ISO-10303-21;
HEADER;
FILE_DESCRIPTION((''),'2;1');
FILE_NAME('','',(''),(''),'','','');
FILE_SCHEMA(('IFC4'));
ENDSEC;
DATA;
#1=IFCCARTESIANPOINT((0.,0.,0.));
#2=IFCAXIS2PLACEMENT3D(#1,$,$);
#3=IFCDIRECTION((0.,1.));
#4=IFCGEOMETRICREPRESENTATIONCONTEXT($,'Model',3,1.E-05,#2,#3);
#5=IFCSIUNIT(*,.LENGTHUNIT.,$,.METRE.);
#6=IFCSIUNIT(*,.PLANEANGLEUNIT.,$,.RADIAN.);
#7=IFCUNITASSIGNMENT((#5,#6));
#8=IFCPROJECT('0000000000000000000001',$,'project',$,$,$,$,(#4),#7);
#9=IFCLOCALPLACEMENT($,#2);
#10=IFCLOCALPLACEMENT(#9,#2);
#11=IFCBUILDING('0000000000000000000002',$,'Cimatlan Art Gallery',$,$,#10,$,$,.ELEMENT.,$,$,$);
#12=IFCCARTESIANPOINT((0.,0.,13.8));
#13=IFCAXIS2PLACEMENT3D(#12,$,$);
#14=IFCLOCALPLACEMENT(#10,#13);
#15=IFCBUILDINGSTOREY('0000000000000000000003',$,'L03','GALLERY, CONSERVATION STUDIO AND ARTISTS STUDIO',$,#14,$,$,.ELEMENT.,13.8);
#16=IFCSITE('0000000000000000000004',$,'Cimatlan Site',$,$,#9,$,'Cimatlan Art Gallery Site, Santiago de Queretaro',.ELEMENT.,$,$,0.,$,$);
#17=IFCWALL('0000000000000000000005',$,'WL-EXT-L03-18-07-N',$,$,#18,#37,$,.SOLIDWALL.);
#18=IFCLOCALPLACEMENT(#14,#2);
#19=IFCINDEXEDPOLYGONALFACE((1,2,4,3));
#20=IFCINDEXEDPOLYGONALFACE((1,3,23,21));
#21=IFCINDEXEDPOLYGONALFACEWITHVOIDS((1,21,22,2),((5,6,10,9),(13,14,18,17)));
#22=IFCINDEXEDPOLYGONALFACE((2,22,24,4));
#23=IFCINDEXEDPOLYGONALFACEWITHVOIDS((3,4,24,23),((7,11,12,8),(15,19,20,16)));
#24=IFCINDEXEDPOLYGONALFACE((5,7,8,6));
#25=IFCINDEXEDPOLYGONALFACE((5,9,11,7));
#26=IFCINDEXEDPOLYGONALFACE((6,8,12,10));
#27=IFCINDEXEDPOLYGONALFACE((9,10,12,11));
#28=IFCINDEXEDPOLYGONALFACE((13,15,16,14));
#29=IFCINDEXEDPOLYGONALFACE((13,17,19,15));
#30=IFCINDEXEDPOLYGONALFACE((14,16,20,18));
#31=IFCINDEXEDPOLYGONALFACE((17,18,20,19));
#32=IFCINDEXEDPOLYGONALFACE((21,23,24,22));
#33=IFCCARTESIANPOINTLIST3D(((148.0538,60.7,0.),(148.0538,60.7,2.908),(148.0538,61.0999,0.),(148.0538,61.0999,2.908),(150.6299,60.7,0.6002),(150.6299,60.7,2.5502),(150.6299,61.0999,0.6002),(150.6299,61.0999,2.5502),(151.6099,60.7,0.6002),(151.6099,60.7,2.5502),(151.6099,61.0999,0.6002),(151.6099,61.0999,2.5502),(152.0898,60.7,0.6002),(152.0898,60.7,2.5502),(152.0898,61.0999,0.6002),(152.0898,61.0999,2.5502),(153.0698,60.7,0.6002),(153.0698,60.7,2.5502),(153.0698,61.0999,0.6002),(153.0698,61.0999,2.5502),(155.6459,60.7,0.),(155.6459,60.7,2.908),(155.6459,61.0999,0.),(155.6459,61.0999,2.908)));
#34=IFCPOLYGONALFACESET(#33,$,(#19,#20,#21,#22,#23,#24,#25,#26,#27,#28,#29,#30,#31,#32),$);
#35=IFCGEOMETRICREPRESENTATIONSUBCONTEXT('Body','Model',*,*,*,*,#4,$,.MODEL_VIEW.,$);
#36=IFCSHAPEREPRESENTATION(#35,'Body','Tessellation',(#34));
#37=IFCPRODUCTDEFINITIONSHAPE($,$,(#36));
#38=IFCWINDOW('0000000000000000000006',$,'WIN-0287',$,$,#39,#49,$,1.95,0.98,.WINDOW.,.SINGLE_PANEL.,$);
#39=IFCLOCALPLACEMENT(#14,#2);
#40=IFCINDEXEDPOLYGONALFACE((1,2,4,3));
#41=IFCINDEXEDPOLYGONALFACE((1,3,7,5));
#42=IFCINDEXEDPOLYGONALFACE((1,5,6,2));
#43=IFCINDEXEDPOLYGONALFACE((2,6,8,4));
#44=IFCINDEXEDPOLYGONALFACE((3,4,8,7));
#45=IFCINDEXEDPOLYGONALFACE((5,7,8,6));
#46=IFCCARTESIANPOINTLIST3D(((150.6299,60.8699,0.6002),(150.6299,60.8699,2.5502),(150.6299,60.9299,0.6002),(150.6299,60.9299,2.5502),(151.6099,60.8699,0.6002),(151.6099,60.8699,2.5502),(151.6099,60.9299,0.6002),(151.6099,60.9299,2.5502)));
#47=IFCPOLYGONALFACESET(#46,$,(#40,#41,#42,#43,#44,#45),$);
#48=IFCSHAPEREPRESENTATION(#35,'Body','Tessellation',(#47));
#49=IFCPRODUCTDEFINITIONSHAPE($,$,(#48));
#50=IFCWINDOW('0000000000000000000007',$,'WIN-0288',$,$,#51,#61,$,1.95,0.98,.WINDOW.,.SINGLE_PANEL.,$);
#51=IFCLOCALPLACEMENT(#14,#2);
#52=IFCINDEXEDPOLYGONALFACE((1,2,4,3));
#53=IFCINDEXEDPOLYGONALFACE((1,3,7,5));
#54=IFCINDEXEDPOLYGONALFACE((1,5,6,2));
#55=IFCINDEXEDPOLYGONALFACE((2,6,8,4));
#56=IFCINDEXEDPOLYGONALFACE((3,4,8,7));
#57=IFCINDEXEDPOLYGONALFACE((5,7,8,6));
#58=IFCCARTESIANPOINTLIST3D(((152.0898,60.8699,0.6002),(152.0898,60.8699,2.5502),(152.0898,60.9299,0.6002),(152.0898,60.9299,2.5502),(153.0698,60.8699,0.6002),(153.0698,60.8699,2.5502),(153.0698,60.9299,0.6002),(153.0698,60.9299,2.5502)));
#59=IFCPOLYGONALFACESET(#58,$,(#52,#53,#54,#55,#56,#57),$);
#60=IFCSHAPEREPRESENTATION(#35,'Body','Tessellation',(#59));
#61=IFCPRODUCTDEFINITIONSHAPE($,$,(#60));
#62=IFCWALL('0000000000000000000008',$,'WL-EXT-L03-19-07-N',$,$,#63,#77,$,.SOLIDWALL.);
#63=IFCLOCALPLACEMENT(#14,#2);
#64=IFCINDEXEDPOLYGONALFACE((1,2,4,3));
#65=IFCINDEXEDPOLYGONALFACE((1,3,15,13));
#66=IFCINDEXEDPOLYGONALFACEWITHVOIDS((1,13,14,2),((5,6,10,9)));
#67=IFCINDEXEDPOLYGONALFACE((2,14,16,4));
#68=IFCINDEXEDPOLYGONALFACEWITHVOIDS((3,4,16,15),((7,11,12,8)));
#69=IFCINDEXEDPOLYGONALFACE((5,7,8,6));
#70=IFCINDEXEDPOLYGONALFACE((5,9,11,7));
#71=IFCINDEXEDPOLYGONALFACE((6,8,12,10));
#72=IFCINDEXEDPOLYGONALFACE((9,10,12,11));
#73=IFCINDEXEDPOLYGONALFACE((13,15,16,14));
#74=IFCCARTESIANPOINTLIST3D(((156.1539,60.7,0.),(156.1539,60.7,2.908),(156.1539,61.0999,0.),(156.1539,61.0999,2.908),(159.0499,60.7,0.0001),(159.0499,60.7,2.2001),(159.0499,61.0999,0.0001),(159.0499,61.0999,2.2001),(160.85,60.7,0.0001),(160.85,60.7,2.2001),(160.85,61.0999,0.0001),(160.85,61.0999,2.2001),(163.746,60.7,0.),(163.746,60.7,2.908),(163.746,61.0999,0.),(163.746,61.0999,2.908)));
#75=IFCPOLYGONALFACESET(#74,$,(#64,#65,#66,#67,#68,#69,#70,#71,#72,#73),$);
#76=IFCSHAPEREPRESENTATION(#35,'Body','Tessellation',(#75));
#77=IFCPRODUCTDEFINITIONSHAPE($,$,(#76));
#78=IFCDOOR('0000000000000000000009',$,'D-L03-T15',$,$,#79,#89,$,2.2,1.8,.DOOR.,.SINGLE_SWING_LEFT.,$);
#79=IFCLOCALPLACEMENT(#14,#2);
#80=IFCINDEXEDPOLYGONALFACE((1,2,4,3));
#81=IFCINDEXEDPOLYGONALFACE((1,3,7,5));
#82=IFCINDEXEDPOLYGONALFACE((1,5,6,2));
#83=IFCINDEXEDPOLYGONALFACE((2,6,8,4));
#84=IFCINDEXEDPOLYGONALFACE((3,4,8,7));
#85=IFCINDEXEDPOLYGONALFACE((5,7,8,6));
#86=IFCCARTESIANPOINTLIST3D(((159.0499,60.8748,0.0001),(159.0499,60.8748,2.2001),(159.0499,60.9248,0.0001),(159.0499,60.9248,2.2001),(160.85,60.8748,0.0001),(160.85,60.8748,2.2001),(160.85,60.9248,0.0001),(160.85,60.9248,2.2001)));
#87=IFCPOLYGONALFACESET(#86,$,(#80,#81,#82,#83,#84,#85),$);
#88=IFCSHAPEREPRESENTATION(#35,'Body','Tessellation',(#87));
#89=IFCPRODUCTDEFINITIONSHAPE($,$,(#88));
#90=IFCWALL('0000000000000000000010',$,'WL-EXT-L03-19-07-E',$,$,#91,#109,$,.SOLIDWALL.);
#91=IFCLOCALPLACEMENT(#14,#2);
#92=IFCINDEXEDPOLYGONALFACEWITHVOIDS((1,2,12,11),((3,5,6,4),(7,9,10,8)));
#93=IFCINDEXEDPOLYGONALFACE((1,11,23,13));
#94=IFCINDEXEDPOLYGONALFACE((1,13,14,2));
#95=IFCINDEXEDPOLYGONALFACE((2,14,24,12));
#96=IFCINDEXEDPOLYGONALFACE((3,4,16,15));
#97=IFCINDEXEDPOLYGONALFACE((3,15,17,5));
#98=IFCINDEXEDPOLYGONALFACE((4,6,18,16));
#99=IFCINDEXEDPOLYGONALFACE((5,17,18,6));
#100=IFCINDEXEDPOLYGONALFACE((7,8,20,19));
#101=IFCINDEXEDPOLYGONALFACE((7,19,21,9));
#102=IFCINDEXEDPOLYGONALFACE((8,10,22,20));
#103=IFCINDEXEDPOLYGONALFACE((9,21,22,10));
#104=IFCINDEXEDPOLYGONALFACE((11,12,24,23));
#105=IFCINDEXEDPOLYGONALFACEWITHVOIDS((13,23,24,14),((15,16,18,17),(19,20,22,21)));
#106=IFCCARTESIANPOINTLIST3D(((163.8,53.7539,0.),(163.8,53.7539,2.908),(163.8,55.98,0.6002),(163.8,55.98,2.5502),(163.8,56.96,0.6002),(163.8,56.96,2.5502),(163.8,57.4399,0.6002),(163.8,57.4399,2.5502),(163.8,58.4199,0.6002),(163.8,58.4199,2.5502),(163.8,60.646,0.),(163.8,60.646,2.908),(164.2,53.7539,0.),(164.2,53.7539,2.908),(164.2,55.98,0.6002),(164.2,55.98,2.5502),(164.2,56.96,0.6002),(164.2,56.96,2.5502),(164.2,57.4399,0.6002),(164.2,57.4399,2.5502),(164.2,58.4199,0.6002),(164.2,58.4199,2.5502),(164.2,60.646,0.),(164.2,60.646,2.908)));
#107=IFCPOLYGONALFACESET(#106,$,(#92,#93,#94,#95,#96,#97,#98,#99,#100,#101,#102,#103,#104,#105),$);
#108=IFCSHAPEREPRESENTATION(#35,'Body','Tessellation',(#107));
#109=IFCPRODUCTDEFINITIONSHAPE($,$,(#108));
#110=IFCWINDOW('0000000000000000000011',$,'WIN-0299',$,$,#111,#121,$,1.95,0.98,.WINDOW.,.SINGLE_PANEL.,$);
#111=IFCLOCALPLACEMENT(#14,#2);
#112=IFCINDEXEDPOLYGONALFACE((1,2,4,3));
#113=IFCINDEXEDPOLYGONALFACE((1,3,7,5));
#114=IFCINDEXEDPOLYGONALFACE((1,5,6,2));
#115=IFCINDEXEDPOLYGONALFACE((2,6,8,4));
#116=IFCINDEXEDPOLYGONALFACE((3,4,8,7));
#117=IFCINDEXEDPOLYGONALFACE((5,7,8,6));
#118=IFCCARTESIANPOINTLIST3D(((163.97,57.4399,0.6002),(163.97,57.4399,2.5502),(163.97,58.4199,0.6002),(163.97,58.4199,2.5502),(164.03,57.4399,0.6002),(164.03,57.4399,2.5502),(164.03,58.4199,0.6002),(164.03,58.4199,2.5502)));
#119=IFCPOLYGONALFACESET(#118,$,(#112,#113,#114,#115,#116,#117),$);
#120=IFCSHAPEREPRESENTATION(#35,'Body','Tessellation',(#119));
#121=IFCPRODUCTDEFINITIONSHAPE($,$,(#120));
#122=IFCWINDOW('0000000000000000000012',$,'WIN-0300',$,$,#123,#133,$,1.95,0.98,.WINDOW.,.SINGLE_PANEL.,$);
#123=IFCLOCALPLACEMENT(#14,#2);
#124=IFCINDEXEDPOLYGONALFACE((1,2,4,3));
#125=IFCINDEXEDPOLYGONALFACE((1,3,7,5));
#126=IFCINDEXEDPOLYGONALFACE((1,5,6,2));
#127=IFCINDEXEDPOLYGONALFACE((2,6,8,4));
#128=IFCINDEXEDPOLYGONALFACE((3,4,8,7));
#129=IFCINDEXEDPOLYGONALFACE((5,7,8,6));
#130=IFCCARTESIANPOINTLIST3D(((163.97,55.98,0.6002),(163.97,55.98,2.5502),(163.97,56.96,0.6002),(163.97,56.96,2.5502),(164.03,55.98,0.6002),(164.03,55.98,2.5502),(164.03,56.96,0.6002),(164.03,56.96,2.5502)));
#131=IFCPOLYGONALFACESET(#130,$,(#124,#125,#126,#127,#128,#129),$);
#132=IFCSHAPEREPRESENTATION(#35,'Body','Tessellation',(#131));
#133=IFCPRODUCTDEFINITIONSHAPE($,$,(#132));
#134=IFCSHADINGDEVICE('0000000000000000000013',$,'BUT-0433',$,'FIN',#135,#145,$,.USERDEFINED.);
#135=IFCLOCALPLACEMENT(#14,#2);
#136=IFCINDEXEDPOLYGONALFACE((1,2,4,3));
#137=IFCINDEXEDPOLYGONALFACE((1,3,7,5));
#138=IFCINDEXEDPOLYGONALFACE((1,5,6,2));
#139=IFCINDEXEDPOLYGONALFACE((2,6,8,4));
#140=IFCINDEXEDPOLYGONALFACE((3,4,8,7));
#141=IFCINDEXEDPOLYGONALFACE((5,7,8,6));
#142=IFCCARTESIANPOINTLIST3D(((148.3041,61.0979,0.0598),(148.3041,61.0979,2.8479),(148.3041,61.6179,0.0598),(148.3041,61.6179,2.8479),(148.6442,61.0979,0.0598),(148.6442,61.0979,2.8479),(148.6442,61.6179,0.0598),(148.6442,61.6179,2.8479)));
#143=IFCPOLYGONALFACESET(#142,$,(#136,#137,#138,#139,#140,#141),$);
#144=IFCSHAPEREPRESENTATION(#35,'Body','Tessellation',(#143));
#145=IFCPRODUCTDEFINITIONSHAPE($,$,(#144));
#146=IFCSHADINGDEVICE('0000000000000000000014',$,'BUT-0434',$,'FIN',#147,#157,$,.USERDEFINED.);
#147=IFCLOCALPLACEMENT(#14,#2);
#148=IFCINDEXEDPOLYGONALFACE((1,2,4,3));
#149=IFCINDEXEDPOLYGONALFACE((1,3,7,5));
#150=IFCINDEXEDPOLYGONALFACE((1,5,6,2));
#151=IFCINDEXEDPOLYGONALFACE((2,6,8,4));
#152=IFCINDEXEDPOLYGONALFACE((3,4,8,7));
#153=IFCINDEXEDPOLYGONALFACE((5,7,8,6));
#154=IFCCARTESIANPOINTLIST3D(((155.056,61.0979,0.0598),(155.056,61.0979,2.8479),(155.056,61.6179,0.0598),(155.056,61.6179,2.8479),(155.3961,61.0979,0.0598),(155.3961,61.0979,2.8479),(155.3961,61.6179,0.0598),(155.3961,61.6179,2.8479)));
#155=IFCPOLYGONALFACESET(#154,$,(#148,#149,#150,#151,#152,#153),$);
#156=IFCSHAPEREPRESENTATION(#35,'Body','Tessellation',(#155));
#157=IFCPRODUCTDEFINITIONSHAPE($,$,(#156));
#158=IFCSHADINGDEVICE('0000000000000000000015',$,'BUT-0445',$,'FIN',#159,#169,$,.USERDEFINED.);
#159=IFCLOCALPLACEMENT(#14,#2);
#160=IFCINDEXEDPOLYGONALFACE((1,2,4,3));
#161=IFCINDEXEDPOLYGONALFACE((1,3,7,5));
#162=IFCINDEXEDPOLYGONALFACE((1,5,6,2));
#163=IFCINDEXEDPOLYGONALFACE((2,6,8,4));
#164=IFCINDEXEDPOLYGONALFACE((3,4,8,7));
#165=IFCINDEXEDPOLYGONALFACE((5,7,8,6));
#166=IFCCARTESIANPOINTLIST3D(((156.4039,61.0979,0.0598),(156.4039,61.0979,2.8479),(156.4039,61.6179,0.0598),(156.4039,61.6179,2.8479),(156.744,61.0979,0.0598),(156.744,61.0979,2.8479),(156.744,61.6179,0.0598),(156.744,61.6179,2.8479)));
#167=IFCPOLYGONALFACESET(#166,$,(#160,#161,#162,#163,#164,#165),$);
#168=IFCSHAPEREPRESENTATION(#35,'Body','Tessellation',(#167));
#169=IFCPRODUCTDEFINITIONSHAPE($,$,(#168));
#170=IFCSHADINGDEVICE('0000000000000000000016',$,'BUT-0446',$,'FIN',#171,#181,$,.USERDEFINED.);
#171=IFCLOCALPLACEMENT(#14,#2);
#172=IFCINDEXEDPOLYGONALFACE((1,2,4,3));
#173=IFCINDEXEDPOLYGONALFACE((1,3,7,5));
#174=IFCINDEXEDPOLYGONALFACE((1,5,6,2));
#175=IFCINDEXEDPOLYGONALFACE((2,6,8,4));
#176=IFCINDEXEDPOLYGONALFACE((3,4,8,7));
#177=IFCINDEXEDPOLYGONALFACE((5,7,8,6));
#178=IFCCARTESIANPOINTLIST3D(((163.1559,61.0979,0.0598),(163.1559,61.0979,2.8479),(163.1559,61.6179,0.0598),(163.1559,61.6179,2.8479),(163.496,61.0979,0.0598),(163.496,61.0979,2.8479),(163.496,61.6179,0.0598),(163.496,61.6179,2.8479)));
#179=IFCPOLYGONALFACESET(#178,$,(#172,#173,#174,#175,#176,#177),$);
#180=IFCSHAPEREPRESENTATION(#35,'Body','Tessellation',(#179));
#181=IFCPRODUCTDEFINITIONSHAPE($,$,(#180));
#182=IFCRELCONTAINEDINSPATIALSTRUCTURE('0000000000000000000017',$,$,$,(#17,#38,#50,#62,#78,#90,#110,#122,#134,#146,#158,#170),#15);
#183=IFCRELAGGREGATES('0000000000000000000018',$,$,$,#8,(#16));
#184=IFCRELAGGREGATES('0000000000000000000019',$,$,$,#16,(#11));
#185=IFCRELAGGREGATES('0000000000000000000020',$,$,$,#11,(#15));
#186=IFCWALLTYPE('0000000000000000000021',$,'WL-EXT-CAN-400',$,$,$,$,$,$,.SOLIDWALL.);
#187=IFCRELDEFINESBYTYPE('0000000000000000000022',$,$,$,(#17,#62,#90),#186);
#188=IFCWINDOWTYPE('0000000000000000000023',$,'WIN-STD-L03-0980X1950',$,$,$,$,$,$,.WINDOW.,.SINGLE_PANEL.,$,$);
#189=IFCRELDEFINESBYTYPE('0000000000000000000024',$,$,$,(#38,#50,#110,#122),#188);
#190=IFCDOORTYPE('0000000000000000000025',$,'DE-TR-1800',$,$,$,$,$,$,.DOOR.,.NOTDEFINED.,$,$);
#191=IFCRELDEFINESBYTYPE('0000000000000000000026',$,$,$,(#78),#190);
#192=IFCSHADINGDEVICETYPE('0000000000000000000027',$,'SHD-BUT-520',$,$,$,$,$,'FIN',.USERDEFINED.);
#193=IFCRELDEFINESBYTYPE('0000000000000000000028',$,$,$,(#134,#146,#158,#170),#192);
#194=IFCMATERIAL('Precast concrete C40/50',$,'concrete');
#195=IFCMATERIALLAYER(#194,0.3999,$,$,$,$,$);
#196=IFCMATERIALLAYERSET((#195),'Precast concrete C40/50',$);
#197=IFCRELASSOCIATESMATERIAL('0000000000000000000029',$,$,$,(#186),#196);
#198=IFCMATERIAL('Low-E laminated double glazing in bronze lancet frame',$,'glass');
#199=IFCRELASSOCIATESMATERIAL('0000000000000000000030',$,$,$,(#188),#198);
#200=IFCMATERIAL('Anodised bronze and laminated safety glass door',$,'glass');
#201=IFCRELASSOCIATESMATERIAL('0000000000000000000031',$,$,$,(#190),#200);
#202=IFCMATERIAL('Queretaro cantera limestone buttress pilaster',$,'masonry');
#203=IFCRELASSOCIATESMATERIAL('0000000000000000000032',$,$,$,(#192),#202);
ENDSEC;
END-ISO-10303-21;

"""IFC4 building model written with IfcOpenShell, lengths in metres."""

from ifc_helpers import new_model, si_unit, direction, frame, frame_2d, origin, origin_2d, place, context, subcontext, project, spatial, rectangle, extrude, material, layer, layer_set, type_object, element, fill, save


model = new_model("IFC4")

# Units and contexts
model_context = context("Model", 3, precision=1e-05, world=origin(), true_north=direction((0.0, 1.0)))
body_context = subcontext(model_context, "Body", "Model", "MODEL_VIEW")
ifc_project = project(units=[si_unit("LENGTHUNIT", "METRE"), si_unit("PLANEANGLEUNIT", "RADIAN")], contexts=[model_context])

# Site, building, storey
site_placement = place(None, origin())
site = spatial("IfcSite", under=ifc_project, at=site_placement, Name="Cimatlan Site", LongName="Cimatlan Art Gallery Site, Santiago de Queretaro", CompositionType="ELEMENT", RefElevation=0.0)
building_placement = place(site_placement, origin())
building = spatial("IfcBuilding", under=site, at=building_placement, Name="Cimatlan Art Gallery", CompositionType="ELEMENT")
storey_placement = place(building_placement, frame((0.0, 0.0, 13.8)))
storey = spatial("IfcBuildingStorey", under=building, at=storey_placement, Name="L03", Description="GALLERY, CONSERVATION STUDIO AND ARTISTS STUDIO", CompositionType="ELEMENT", Elevation=13.8)

# Wall, openings, windows
ifc_material_1 = material(Name="Precast concrete C40/50", Category="concrete")
ifc_layer_1 = layer(ifc_material_1, 0.3999)
ifc_layer_set_1 = layer_set([ifc_layer_1], Name="Precast concrete C40/50")
wall_type = type_object("IfcWallType", Name="WL-EXT-CAN-400", PredefinedType="SOLIDWALL", material=ifc_layer_set_1)
wall_1_placement = place(storey_placement, frame((148.054, 60.8999, 0.0), z_axis=(0.0, 0.0, 1.0), x_axis=(1.0, 0.0, 0.0)))
wall_1 = element("IfcWall", 1, at=wall_1_placement, inside=storey, type_object=wall_type, Name="WL-EXT-L03-18-07-N", PredefinedType="SOLIDWALL", context=body_context, shape_type="SweptSolid", body=[
    extrude(rectangle(XDim=7.592, YDim=0.3999, at=frame_2d((3.7959, 0.0))), origin(), (0.0, 0.0, 1.0), 2.908),
])
opening_1_placement = place(wall_1_placement, frame((2.5759, 0.0, 0.6001)))
opening_1 = element("IfcOpeningElement", 2, at=opening_1_placement, cuts=wall_1, PredefinedType="OPENING", context=body_context, shape_type="SweptSolid", body=[
    extrude(rectangle(XDim=0.98, YDim=1.95, at=frame_2d((0.49, 0.9751))), frame((0.0, 0.21, 0.0), z_axis=(0.0, -1.0, 0.0), x_axis=(1.0, 0.0, 0.0)), (0.0, 0.0, 1.0), 0.4199),
])
opening_2_placement = place(wall_1_placement, frame((4.0359, 0.0, 0.6001)))
opening_2 = element("IfcOpeningElement", 3, at=opening_2_placement, cuts=wall_1, PredefinedType="OPENING", context=body_context, shape_type="SweptSolid", body=[
    extrude(rectangle(XDim=0.98, YDim=1.95, at=frame_2d((0.49, 0.9751))), frame((0.0, 0.21, 0.0), z_axis=(0.0, -1.0, 0.0), x_axis=(1.0, 0.0, 0.0)), (0.0, 0.0, 1.0), 0.4199),
])
ifc_material_2 = material(Name="Low-E laminated double glazing in bronze lancet frame", Category="glass")
window_type = type_object("IfcWindowType", Name="WIN-STD-L03-0980X1950", PartitioningType="SINGLE_PANEL", PredefinedType="WINDOW", material=ifc_material_2)
window_1_placement = place(opening_1_placement, origin())
window_1 = element("IfcWindow", 4, at=window_1_placement, inside=storey, type_object=window_type, Name="WIN-0287", OverallHeight=1.95, OverallWidth=0.98, PartitioningType="SINGLE_PANEL", PredefinedType="WINDOW", context=body_context, shape_type="SweptSolid", body=[
    extrude(rectangle(XDim=0.98, YDim=1.95, at=frame_2d((0.49, 0.9751))), frame((0.0, 0.03, 0.0), z_axis=(0.0, -1.0, 0.0), x_axis=(1.0, 0.0, 0.0)), (0.0, 0.0, 1.0), 0.0601),
])
fill(opening_1, window_1)
window_2_placement = place(opening_2_placement, origin())
window_2 = element("IfcWindow", 5, at=window_2_placement, inside=storey, type_object=window_type, Name="WIN-0288", OverallHeight=1.95, OverallWidth=0.98, PartitioningType="SINGLE_PANEL", PredefinedType="WINDOW", context=body_context, shape_type="SweptSolid", body=[
    extrude(rectangle(XDim=0.98, YDim=1.95, at=frame_2d((0.49, 0.9751))), frame((0.0, 0.03, 0.0), z_axis=(0.0, -1.0, 0.0), x_axis=(1.0, 0.0, 0.0)), (0.0, 0.0, 1.0), 0.0601),
])
fill(opening_2, window_2)

# Wall, opening, door
wall_2_placement = place(storey_placement, frame((156.1541, 60.8999, 0.0), z_axis=(0.0, 0.0, 1.0), x_axis=(1.0, 0.0, 0.0)))
wall_2 = element("IfcWall", 6, at=wall_2_placement, inside=storey, type_object=wall_type, Name="WL-EXT-L03-19-07-N", PredefinedType="SOLIDWALL", context=body_context, shape_type="SweptSolid", body=[
    extrude(rectangle(XDim=7.592, YDim=0.3999, at=frame_2d((3.7959, 0.0))), origin(), (0.0, 0.0, 1.0), 2.908),
])
opening_3_placement = place(wall_2_placement, frame((2.896, 0.0, 0.0)))
opening_3 = element("IfcOpeningElement", 7, at=opening_3_placement, cuts=wall_2, PredefinedType="OPENING", context=body_context, shape_type="SweptSolid", body=[
    extrude(rectangle(XDim=1.8, YDim=2.2, at=frame_2d((0.8999, 1.1001))), frame((0.0, 0.21, 0.0), z_axis=(0.0, -1.0, 0.0), x_axis=(1.0, 0.0, 0.0)), (0.0, 0.0, 1.0), 0.4199),
])
ifc_material_3 = material(Name="Anodised bronze and laminated safety glass door", Category="glass")
door_type = type_object("IfcDoorType", Name="DE-TR-1800", OperationType="NOTDEFINED", PredefinedType="DOOR", material=ifc_material_3)
door_placement = place(opening_3_placement, origin())
door = element("IfcDoor", 8, at=door_placement, inside=storey, type_object=door_type, Name="D-L03-T15", OperationType="SINGLE_SWING_LEFT", OverallHeight=2.2, OverallWidth=1.8, PredefinedType="DOOR", context=body_context, shape_type="SweptSolid", body=[
    extrude(rectangle(XDim=1.8, YDim=2.2, at=frame_2d((0.8999, 1.1001))), frame((0.0, 0.0249, 0.0), z_axis=(0.0, -1.0, 0.0), x_axis=(1.0, 0.0, 0.0)), (0.0, 0.0, 1.0), 0.05),
])
fill(opening_3, door)

# Wall, openings, windows
wall_3_placement = place(storey_placement, frame((164.0, 60.646, 0.0), z_axis=(0.0, 0.0, 1.0), x_axis=(0.0, -1.0, 0.0)))
wall_3 = element("IfcWall", 9, at=wall_3_placement, inside=storey, type_object=wall_type, Name="WL-EXT-L03-19-07-E", PredefinedType="SOLIDWALL", context=body_context, shape_type="SweptSolid", body=[
    extrude(rectangle(XDim=6.8921, YDim=0.3999, at=frame_2d((3.446, 0.0))), origin(), (0.0, 0.0, 1.0), 2.908),
])
opening_4_placement = place(wall_3_placement, frame((2.2261, 0.0, 0.6001)))
opening_4 = element("IfcOpeningElement", 10, at=opening_4_placement, cuts=wall_3, PredefinedType="OPENING", context=body_context, shape_type="SweptSolid", body=[
    extrude(rectangle(XDim=0.98, YDim=1.95, at=frame_2d((0.49, 0.9751))), frame((0.0, 0.21, 0.0), z_axis=(0.0, -1.0, 0.0), x_axis=(1.0, 0.0, 0.0)), (0.0, 0.0, 1.0), 0.4199),
])
opening_5_placement = place(wall_3_placement, frame((3.686, 0.0, 0.6001)))
opening_5 = element("IfcOpeningElement", 11, at=opening_5_placement, cuts=wall_3, PredefinedType="OPENING", context=body_context, shape_type="SweptSolid", body=[
    extrude(rectangle(XDim=0.98, YDim=1.95, at=frame_2d((0.49, 0.9751))), frame((0.0, 0.21, 0.0), z_axis=(0.0, -1.0, 0.0), x_axis=(1.0, 0.0, 0.0)), (0.0, 0.0, 1.0), 0.4199),
])
window_3_placement = place(opening_4_placement, origin())
window_3 = element("IfcWindow", 12, at=window_3_placement, inside=storey, type_object=window_type, Name="WIN-0299", OverallHeight=1.95, OverallWidth=0.98, PartitioningType="SINGLE_PANEL", PredefinedType="WINDOW", context=body_context, shape_type="SweptSolid", body=[
    extrude(rectangle(XDim=0.98, YDim=1.95, at=frame_2d((0.49, 0.9751))), frame((0.0, 0.03, 0.0), z_axis=(0.0, -1.0, 0.0), x_axis=(1.0, 0.0, 0.0)), (0.0, 0.0, 1.0), 0.0601),
])
fill(opening_4, window_3)
window_4_placement = place(opening_5_placement, origin())
window_4 = element("IfcWindow", 13, at=window_4_placement, inside=storey, type_object=window_type, Name="WIN-0300", OverallHeight=1.95, OverallWidth=0.98, PartitioningType="SINGLE_PANEL", PredefinedType="WINDOW", context=body_context, shape_type="SweptSolid", body=[
    extrude(rectangle(XDim=0.98, YDim=1.95, at=frame_2d((0.49, 0.9751))), frame((0.0, 0.03, 0.0), z_axis=(0.0, -1.0, 0.0), x_axis=(1.0, 0.0, 0.0)), (0.0, 0.0, 1.0), 0.0601),
])
fill(opening_5, window_4)

# Shading devices
ifc_material_4 = material(Name="Queretaro cantera limestone buttress pilaster", Category="masonry")
shading_device_type = type_object("IfcShadingDeviceType", Name="SHD-BUT-520", ElementType="FIN", PredefinedType="USERDEFINED", material=ifc_material_4)
for number, where, z_axis, x_axis, name in (
    (14, (148.4741, 61.3579, 0.0598), (0.0, 0.0, 1.0), (1.0, 0.0, 0.0), "BUT-0433"),
    (15, (155.2261, 61.3579, 0.0598), (0.0, 0.0, 1.0), (1.0, 0.0, 0.0), "BUT-0434"),
    (16, (156.574, 61.3579, 0.0598), (0.0, 0.0, 1.0), (1.0, 0.0, 0.0), "BUT-0445"),
    (17, (163.3259, 61.3579, 0.0598), (0.0, 0.0, 1.0), (1.0, 0.0, 0.0), "BUT-0446"),
):
    element("IfcShadingDevice", number, at=place(storey_placement, frame(where, z_axis=z_axis, x_axis=x_axis)), inside=storey, type_object=shading_device_type, Name=name, ObjectType="FIN", PredefinedType="USERDEFINED", context=body_context, shape_type="SweptSolid", body=[
        extrude(rectangle(XDim=0.3401, YDim=0.52, at=origin_2d()), origin(), (0.0, 0.0, 1.0), 2.7881),
    ])

save(model, "model.ifc")
